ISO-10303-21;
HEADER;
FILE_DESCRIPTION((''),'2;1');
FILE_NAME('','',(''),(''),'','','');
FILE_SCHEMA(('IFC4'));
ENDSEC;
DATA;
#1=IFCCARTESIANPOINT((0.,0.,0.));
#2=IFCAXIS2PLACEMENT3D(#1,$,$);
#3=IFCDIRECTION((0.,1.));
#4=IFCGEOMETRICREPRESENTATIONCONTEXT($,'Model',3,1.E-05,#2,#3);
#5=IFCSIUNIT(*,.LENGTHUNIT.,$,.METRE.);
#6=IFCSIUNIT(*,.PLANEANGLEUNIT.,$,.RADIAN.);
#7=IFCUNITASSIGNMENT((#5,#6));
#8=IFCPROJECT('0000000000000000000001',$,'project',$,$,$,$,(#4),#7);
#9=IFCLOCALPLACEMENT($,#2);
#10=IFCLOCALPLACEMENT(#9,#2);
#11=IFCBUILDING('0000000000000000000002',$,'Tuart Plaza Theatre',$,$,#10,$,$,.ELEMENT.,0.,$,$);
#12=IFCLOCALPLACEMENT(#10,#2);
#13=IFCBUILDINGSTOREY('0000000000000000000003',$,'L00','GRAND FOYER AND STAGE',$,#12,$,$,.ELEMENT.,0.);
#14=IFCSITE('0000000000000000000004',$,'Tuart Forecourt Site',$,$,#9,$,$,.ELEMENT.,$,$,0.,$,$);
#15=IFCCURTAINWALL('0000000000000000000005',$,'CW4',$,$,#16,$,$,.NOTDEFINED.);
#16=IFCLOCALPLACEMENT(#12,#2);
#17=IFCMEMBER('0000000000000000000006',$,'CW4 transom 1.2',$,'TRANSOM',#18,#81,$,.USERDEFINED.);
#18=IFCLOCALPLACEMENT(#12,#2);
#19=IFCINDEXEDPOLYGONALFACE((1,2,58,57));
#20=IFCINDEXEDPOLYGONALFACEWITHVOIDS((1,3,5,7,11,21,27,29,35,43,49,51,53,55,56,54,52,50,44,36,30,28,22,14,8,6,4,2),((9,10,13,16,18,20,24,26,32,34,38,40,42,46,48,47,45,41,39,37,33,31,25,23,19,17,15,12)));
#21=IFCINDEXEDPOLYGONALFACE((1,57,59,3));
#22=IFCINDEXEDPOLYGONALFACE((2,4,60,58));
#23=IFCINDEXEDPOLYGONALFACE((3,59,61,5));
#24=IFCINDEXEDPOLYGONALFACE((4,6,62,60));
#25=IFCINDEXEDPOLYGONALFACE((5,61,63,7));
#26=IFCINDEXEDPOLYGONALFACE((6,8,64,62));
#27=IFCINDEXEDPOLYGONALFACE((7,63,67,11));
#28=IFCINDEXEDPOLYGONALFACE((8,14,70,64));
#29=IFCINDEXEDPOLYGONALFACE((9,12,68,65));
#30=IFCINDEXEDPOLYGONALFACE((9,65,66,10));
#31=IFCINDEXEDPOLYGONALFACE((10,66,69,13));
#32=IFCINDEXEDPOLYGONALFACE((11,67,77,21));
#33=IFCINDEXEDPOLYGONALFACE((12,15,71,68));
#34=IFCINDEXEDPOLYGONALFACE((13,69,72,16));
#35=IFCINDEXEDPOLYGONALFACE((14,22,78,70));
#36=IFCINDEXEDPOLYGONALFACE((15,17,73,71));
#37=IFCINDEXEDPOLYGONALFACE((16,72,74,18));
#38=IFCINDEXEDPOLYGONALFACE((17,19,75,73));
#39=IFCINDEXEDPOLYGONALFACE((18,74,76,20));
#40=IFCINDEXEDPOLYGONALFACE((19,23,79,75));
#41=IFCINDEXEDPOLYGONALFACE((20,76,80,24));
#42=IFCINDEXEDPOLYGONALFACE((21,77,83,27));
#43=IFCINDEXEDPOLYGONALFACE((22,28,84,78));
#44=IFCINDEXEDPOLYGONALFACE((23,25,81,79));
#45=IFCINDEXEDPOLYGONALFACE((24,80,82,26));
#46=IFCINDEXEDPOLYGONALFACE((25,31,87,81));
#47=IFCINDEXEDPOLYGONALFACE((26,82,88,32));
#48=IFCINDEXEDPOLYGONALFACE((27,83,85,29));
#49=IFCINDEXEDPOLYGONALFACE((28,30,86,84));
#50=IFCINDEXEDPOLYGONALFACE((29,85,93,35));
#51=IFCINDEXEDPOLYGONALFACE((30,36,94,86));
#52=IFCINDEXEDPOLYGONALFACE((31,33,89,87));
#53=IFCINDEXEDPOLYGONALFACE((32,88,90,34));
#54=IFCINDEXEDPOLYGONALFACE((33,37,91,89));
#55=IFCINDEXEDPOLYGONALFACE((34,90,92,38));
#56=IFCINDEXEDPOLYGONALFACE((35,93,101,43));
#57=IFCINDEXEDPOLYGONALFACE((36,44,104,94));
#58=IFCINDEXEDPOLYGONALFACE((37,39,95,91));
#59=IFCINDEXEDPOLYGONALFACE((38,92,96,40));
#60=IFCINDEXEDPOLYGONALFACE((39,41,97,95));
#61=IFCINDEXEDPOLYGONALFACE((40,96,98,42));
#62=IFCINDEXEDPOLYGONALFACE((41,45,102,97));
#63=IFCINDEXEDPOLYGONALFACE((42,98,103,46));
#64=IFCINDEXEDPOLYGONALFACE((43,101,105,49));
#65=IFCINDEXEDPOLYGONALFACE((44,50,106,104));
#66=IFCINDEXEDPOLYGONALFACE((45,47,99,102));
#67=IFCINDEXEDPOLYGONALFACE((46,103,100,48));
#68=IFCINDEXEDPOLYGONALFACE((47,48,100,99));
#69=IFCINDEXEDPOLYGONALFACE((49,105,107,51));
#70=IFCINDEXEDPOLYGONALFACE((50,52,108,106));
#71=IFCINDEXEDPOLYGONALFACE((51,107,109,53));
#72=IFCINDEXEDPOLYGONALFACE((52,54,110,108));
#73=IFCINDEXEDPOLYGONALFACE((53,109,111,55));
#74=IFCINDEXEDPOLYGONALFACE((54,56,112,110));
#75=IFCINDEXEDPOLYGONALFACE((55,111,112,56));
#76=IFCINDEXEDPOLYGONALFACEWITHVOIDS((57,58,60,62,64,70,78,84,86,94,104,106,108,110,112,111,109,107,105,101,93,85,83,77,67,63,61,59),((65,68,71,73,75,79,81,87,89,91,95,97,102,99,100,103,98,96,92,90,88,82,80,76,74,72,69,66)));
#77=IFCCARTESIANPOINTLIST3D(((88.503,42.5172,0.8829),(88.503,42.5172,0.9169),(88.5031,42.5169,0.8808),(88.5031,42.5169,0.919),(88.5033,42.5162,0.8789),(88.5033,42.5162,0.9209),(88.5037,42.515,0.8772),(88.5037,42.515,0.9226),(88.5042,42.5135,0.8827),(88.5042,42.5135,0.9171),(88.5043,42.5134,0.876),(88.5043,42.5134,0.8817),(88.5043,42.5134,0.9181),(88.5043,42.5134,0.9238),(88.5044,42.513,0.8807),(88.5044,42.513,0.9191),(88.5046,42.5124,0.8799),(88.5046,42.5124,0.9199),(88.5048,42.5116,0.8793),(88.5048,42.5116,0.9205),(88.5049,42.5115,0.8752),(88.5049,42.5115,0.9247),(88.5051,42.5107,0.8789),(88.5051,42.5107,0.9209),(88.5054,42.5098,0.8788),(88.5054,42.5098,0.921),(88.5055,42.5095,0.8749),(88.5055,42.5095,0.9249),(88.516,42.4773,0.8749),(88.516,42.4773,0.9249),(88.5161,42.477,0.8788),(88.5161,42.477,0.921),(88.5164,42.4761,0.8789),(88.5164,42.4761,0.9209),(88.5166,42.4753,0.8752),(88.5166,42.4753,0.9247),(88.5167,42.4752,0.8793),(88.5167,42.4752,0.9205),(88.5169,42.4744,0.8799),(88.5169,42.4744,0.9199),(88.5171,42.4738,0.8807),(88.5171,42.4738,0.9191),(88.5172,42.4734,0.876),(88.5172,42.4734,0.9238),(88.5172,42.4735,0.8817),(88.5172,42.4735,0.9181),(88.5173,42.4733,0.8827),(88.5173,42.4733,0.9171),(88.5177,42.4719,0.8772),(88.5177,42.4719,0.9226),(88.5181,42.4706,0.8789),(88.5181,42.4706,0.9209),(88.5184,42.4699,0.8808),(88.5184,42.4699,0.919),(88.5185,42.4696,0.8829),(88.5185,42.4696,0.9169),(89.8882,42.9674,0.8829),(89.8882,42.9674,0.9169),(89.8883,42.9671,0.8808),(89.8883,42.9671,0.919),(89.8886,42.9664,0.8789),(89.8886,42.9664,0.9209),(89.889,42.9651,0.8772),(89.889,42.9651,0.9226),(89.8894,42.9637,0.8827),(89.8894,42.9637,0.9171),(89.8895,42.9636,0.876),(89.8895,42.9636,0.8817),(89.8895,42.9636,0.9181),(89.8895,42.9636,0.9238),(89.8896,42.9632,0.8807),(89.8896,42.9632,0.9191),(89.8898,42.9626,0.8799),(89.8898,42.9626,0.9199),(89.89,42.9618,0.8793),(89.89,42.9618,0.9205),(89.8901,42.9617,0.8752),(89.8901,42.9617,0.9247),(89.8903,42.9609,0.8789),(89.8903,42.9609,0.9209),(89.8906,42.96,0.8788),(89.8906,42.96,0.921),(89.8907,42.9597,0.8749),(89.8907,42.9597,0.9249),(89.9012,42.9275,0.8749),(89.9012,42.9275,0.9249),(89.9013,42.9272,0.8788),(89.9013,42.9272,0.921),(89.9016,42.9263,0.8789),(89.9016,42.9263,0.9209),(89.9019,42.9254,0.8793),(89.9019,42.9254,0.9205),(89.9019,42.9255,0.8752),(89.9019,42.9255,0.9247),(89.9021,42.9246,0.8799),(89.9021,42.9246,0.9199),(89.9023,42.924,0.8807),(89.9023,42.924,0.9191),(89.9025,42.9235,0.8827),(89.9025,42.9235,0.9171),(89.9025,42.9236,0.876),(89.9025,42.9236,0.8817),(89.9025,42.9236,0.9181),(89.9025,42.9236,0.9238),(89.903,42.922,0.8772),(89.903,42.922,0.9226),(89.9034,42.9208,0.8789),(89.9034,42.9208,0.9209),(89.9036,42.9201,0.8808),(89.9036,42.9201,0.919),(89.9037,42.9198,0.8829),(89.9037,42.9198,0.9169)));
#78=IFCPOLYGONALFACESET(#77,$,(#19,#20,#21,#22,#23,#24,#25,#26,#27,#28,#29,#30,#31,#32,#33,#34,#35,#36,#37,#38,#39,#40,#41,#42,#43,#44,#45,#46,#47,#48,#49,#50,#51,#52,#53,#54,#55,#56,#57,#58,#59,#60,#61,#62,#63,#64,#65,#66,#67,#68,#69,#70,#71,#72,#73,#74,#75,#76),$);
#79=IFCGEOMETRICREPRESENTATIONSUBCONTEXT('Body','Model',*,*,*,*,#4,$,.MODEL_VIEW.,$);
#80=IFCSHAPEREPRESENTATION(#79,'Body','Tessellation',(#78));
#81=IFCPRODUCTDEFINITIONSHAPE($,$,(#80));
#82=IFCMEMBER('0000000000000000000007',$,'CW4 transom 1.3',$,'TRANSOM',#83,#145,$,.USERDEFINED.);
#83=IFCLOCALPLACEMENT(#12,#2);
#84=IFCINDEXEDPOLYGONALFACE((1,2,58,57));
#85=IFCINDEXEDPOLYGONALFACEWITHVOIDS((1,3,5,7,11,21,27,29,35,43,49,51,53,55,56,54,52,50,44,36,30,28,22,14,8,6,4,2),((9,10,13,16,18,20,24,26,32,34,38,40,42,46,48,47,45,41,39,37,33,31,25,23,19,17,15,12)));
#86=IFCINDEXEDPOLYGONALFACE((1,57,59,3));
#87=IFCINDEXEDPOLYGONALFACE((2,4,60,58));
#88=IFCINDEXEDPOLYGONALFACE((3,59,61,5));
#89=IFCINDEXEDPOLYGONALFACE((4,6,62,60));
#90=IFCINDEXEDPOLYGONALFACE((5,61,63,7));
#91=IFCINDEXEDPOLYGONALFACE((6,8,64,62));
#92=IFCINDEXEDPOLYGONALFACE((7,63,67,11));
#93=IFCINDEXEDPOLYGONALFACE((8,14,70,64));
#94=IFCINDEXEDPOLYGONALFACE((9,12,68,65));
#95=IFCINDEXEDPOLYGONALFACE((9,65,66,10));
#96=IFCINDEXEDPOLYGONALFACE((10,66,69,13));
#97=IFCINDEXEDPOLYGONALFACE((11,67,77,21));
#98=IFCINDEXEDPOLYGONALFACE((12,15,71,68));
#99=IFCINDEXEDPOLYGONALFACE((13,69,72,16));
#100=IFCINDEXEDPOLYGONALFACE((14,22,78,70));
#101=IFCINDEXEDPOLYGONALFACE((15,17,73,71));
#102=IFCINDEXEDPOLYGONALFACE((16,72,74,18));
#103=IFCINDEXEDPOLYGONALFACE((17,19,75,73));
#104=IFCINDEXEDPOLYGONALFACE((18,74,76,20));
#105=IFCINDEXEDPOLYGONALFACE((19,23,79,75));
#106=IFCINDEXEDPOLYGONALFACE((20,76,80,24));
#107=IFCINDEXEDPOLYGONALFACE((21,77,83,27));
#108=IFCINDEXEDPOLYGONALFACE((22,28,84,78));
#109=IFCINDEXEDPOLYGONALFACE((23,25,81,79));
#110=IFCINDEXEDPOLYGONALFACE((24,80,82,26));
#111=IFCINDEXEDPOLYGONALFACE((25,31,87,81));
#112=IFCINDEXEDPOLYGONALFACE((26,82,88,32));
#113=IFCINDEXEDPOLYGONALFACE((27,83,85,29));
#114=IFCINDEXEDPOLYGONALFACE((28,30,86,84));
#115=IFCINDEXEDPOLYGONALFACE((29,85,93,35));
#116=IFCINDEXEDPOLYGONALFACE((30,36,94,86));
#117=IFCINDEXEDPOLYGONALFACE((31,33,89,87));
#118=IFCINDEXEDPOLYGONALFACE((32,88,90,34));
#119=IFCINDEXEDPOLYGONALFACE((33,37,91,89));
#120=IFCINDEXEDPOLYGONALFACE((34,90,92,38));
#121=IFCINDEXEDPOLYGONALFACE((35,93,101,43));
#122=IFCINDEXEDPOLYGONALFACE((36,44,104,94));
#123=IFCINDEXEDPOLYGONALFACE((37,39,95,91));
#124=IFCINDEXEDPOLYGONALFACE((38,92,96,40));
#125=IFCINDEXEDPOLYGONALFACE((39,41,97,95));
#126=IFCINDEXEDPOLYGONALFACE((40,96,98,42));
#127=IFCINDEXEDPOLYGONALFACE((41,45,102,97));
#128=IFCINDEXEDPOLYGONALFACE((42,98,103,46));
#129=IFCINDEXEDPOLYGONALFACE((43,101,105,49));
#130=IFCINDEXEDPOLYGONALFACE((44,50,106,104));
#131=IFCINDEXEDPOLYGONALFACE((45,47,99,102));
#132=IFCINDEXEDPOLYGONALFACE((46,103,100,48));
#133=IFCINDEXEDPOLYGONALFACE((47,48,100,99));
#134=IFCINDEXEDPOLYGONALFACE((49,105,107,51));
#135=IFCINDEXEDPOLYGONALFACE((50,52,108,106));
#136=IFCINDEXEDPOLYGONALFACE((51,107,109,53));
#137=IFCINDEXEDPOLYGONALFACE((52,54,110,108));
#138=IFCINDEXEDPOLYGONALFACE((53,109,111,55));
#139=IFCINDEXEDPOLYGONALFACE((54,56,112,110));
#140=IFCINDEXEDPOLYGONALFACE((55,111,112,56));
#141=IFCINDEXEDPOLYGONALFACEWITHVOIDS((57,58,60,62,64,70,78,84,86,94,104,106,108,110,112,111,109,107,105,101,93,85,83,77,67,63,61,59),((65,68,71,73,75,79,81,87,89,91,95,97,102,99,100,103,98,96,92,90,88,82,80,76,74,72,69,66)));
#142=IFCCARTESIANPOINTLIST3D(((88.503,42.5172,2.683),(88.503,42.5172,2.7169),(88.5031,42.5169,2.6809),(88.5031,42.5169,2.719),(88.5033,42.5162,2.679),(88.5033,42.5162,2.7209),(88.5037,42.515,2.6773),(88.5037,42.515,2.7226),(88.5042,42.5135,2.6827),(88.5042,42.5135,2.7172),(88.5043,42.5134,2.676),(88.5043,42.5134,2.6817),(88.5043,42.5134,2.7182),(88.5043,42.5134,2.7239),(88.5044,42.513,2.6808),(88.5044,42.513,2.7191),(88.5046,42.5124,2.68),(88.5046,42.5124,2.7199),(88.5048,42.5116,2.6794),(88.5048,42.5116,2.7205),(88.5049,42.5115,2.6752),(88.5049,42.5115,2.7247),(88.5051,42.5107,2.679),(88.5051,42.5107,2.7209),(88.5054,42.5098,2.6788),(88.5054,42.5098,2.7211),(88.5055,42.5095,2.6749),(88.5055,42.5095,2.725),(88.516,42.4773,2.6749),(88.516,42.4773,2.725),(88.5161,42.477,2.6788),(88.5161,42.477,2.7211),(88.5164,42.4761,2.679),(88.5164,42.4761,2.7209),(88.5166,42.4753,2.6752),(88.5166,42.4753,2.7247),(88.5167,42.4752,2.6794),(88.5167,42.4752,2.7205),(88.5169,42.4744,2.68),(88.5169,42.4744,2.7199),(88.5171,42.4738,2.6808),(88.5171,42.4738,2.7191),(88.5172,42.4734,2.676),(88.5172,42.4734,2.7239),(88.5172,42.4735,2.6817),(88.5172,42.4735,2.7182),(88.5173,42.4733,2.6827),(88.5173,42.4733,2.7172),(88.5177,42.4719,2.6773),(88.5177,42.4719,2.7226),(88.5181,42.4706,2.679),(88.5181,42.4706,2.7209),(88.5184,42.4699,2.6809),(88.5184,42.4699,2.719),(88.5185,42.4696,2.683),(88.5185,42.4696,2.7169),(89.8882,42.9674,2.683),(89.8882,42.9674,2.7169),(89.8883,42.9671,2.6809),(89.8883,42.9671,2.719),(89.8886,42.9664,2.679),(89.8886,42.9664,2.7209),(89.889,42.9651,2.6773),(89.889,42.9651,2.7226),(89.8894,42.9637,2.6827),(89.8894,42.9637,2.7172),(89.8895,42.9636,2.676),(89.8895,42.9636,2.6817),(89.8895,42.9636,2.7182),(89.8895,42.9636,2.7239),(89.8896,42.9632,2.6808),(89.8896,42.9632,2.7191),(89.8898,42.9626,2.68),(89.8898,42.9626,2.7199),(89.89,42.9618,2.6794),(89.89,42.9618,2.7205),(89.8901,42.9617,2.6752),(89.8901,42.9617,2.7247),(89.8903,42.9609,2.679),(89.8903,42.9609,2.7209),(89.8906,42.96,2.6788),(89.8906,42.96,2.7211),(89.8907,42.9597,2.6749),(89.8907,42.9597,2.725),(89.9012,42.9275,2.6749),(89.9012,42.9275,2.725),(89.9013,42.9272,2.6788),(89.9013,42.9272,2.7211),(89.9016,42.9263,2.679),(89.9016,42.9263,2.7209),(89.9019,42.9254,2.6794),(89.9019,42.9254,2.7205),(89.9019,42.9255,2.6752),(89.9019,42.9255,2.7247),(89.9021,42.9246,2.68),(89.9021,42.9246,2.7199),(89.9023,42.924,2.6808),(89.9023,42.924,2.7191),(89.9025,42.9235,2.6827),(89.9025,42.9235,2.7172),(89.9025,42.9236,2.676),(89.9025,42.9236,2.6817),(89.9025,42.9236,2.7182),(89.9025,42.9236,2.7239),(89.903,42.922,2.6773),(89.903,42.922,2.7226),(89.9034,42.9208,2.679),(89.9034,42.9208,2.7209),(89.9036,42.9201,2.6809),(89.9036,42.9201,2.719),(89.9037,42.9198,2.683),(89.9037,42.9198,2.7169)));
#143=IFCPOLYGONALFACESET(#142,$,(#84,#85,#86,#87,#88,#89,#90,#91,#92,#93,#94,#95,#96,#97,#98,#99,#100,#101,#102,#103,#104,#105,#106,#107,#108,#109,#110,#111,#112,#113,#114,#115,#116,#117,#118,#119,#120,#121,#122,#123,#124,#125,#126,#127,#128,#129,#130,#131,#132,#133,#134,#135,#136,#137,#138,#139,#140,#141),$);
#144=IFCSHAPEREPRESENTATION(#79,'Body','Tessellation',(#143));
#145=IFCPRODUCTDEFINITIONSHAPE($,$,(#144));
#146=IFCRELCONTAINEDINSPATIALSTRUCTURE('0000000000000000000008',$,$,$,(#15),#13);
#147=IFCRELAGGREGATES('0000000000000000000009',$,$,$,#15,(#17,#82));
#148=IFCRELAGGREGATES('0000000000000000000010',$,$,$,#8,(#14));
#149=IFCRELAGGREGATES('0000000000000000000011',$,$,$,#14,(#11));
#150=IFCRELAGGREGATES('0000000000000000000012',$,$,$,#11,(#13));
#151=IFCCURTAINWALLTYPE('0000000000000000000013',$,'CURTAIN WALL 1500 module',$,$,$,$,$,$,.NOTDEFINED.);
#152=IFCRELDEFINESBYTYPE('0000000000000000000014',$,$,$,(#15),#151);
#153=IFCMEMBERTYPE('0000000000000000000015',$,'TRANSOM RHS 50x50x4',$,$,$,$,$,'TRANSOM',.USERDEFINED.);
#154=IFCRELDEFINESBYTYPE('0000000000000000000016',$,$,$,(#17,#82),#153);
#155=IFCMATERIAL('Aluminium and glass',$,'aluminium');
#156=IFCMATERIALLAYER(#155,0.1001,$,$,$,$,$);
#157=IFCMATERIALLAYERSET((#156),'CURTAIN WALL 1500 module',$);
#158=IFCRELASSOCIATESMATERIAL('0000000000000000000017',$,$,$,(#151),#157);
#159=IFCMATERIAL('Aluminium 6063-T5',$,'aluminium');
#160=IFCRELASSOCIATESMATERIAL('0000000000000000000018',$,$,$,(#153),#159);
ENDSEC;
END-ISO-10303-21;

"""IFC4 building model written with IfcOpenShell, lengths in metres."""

from ifc_helpers import new_model, si_unit, direction, frame, origin, origin_2d, place, context, subcontext, project, spatial, hollow_rectangle, extrude, material, layer, layer_set, material_profile, profile_set, type_object, element, aggregate, save


model = new_model("IFC4")

# Units and contexts
model_context = context("Model", 3, precision=1e-05, world=origin(), true_north=direction((0.0, 1.0)))
body_context = subcontext(model_context, "Body", "Model", "MODEL_VIEW")
ifc_project = project(units=[si_unit("LENGTHUNIT", "METRE"), si_unit("PLANEANGLEUNIT", "RADIAN")], contexts=[model_context])

# Site, building, storey
site_placement = place(None, origin())
site = spatial("IfcSite", under=ifc_project, at=site_placement, Name="Tuart Forecourt Site", CompositionType="ELEMENT", RefElevation=0.0)
building_placement = place(site_placement, origin())
building = spatial("IfcBuilding", under=site, at=building_placement, Name="Tuart Plaza Theatre", CompositionType="ELEMENT", ElevationOfRefHeight=0.0)
storey_placement = place(building_placement, origin())
storey = spatial("IfcBuildingStorey", under=building, at=storey_placement, Name="L00", Description="GRAND FOYER AND STAGE", CompositionType="ELEMENT", Elevation=0.0)

# Shared definitions
ifc_material_1 = material(Name="Aluminium and glass", Category="aluminium")
ifc_layer_1 = layer(ifc_material_1, 0.1001)
ifc_layer_set_1 = layer_set([ifc_layer_1], Name="CURTAIN WALL 1500 module")
curtain_wall_type = type_object("IfcCurtainWallType", Name="CURTAIN WALL 1500 module", PredefinedType="NOTDEFINED", material=ifc_layer_set_1)

# Curtain wall
curtain_wall_1_placement = place(storey_placement, origin())
curtain_wall_1 = element("IfcCurtainWall", 1, at=curtain_wall_1_placement, inside=storey, type_object=curtain_wall_type, Name="CW4", PredefinedType="NOTDEFINED")

# Members
ifc_material_2 = material(Name="Aluminium 6063-T5", Category="aluminium")
ifc_material_profile_1 = material_profile(ifc_material_2, hollow_rectangle(XDim=0.05, YDim=0.05, WallThickness=0.0039, InnerFilletRadius=0.0039, OuterFilletRadius=0.0081, at=origin_2d()), Name="RHS 50x50x4")
ifc_profile_set_1 = profile_set([ifc_material_profile_1], Name="Aluminium 6063-T5")
member_type_1 = type_object("IfcMemberType", Name="TRANSOM RHS 50x50x4", ElementType="TRANSOM", PredefinedType="USERDEFINED", material=ifc_profile_set_1)
member_1_placement = place(storey_placement, frame((88.5107, 42.4934, 0.8999), z_axis=(0.951037, 0.309078, 0.0), x_axis=(-0.309078, 0.951037, 0.0)))
member_1 = element("IfcMember", 2, at=member_1_placement, type_object=member_type_1, Name="CW4 transom 1.2", ObjectType="TRANSOM", PredefinedType="USERDEFINED", context=body_context, shape_type="SweptSolid", body=[
    extrude(hollow_rectangle(XDim=0.05, YDim=0.05, WallThickness=0.0039, InnerFilletRadius=0.0039, OuterFilletRadius=0.0081, at=origin_2d()), origin(), (0.0, 0.0, 1.0), 1.4565),
])
member_2_placement = place(storey_placement, frame((88.5107, 42.4934, 2.7), z_axis=(0.951037, 0.309078, 0.0), x_axis=(-0.309078, 0.951037, 0.0)))
member_2 = element("IfcMember", 3, at=member_2_placement, type_object=member_type_1, Name="CW4 transom 1.3", ObjectType="TRANSOM", PredefinedType="USERDEFINED", context=body_context, shape_type="SweptSolid", body=[
    extrude(hollow_rectangle(XDim=0.05, YDim=0.05, WallThickness=0.0039, InnerFilletRadius=0.0039, OuterFilletRadius=0.0081, at=origin_2d()), origin(), (0.0, 0.0, 1.0), 1.4565),
])

aggregate(curtain_wall_1, [member_1, member_2])

save(model, "model.ifc")
